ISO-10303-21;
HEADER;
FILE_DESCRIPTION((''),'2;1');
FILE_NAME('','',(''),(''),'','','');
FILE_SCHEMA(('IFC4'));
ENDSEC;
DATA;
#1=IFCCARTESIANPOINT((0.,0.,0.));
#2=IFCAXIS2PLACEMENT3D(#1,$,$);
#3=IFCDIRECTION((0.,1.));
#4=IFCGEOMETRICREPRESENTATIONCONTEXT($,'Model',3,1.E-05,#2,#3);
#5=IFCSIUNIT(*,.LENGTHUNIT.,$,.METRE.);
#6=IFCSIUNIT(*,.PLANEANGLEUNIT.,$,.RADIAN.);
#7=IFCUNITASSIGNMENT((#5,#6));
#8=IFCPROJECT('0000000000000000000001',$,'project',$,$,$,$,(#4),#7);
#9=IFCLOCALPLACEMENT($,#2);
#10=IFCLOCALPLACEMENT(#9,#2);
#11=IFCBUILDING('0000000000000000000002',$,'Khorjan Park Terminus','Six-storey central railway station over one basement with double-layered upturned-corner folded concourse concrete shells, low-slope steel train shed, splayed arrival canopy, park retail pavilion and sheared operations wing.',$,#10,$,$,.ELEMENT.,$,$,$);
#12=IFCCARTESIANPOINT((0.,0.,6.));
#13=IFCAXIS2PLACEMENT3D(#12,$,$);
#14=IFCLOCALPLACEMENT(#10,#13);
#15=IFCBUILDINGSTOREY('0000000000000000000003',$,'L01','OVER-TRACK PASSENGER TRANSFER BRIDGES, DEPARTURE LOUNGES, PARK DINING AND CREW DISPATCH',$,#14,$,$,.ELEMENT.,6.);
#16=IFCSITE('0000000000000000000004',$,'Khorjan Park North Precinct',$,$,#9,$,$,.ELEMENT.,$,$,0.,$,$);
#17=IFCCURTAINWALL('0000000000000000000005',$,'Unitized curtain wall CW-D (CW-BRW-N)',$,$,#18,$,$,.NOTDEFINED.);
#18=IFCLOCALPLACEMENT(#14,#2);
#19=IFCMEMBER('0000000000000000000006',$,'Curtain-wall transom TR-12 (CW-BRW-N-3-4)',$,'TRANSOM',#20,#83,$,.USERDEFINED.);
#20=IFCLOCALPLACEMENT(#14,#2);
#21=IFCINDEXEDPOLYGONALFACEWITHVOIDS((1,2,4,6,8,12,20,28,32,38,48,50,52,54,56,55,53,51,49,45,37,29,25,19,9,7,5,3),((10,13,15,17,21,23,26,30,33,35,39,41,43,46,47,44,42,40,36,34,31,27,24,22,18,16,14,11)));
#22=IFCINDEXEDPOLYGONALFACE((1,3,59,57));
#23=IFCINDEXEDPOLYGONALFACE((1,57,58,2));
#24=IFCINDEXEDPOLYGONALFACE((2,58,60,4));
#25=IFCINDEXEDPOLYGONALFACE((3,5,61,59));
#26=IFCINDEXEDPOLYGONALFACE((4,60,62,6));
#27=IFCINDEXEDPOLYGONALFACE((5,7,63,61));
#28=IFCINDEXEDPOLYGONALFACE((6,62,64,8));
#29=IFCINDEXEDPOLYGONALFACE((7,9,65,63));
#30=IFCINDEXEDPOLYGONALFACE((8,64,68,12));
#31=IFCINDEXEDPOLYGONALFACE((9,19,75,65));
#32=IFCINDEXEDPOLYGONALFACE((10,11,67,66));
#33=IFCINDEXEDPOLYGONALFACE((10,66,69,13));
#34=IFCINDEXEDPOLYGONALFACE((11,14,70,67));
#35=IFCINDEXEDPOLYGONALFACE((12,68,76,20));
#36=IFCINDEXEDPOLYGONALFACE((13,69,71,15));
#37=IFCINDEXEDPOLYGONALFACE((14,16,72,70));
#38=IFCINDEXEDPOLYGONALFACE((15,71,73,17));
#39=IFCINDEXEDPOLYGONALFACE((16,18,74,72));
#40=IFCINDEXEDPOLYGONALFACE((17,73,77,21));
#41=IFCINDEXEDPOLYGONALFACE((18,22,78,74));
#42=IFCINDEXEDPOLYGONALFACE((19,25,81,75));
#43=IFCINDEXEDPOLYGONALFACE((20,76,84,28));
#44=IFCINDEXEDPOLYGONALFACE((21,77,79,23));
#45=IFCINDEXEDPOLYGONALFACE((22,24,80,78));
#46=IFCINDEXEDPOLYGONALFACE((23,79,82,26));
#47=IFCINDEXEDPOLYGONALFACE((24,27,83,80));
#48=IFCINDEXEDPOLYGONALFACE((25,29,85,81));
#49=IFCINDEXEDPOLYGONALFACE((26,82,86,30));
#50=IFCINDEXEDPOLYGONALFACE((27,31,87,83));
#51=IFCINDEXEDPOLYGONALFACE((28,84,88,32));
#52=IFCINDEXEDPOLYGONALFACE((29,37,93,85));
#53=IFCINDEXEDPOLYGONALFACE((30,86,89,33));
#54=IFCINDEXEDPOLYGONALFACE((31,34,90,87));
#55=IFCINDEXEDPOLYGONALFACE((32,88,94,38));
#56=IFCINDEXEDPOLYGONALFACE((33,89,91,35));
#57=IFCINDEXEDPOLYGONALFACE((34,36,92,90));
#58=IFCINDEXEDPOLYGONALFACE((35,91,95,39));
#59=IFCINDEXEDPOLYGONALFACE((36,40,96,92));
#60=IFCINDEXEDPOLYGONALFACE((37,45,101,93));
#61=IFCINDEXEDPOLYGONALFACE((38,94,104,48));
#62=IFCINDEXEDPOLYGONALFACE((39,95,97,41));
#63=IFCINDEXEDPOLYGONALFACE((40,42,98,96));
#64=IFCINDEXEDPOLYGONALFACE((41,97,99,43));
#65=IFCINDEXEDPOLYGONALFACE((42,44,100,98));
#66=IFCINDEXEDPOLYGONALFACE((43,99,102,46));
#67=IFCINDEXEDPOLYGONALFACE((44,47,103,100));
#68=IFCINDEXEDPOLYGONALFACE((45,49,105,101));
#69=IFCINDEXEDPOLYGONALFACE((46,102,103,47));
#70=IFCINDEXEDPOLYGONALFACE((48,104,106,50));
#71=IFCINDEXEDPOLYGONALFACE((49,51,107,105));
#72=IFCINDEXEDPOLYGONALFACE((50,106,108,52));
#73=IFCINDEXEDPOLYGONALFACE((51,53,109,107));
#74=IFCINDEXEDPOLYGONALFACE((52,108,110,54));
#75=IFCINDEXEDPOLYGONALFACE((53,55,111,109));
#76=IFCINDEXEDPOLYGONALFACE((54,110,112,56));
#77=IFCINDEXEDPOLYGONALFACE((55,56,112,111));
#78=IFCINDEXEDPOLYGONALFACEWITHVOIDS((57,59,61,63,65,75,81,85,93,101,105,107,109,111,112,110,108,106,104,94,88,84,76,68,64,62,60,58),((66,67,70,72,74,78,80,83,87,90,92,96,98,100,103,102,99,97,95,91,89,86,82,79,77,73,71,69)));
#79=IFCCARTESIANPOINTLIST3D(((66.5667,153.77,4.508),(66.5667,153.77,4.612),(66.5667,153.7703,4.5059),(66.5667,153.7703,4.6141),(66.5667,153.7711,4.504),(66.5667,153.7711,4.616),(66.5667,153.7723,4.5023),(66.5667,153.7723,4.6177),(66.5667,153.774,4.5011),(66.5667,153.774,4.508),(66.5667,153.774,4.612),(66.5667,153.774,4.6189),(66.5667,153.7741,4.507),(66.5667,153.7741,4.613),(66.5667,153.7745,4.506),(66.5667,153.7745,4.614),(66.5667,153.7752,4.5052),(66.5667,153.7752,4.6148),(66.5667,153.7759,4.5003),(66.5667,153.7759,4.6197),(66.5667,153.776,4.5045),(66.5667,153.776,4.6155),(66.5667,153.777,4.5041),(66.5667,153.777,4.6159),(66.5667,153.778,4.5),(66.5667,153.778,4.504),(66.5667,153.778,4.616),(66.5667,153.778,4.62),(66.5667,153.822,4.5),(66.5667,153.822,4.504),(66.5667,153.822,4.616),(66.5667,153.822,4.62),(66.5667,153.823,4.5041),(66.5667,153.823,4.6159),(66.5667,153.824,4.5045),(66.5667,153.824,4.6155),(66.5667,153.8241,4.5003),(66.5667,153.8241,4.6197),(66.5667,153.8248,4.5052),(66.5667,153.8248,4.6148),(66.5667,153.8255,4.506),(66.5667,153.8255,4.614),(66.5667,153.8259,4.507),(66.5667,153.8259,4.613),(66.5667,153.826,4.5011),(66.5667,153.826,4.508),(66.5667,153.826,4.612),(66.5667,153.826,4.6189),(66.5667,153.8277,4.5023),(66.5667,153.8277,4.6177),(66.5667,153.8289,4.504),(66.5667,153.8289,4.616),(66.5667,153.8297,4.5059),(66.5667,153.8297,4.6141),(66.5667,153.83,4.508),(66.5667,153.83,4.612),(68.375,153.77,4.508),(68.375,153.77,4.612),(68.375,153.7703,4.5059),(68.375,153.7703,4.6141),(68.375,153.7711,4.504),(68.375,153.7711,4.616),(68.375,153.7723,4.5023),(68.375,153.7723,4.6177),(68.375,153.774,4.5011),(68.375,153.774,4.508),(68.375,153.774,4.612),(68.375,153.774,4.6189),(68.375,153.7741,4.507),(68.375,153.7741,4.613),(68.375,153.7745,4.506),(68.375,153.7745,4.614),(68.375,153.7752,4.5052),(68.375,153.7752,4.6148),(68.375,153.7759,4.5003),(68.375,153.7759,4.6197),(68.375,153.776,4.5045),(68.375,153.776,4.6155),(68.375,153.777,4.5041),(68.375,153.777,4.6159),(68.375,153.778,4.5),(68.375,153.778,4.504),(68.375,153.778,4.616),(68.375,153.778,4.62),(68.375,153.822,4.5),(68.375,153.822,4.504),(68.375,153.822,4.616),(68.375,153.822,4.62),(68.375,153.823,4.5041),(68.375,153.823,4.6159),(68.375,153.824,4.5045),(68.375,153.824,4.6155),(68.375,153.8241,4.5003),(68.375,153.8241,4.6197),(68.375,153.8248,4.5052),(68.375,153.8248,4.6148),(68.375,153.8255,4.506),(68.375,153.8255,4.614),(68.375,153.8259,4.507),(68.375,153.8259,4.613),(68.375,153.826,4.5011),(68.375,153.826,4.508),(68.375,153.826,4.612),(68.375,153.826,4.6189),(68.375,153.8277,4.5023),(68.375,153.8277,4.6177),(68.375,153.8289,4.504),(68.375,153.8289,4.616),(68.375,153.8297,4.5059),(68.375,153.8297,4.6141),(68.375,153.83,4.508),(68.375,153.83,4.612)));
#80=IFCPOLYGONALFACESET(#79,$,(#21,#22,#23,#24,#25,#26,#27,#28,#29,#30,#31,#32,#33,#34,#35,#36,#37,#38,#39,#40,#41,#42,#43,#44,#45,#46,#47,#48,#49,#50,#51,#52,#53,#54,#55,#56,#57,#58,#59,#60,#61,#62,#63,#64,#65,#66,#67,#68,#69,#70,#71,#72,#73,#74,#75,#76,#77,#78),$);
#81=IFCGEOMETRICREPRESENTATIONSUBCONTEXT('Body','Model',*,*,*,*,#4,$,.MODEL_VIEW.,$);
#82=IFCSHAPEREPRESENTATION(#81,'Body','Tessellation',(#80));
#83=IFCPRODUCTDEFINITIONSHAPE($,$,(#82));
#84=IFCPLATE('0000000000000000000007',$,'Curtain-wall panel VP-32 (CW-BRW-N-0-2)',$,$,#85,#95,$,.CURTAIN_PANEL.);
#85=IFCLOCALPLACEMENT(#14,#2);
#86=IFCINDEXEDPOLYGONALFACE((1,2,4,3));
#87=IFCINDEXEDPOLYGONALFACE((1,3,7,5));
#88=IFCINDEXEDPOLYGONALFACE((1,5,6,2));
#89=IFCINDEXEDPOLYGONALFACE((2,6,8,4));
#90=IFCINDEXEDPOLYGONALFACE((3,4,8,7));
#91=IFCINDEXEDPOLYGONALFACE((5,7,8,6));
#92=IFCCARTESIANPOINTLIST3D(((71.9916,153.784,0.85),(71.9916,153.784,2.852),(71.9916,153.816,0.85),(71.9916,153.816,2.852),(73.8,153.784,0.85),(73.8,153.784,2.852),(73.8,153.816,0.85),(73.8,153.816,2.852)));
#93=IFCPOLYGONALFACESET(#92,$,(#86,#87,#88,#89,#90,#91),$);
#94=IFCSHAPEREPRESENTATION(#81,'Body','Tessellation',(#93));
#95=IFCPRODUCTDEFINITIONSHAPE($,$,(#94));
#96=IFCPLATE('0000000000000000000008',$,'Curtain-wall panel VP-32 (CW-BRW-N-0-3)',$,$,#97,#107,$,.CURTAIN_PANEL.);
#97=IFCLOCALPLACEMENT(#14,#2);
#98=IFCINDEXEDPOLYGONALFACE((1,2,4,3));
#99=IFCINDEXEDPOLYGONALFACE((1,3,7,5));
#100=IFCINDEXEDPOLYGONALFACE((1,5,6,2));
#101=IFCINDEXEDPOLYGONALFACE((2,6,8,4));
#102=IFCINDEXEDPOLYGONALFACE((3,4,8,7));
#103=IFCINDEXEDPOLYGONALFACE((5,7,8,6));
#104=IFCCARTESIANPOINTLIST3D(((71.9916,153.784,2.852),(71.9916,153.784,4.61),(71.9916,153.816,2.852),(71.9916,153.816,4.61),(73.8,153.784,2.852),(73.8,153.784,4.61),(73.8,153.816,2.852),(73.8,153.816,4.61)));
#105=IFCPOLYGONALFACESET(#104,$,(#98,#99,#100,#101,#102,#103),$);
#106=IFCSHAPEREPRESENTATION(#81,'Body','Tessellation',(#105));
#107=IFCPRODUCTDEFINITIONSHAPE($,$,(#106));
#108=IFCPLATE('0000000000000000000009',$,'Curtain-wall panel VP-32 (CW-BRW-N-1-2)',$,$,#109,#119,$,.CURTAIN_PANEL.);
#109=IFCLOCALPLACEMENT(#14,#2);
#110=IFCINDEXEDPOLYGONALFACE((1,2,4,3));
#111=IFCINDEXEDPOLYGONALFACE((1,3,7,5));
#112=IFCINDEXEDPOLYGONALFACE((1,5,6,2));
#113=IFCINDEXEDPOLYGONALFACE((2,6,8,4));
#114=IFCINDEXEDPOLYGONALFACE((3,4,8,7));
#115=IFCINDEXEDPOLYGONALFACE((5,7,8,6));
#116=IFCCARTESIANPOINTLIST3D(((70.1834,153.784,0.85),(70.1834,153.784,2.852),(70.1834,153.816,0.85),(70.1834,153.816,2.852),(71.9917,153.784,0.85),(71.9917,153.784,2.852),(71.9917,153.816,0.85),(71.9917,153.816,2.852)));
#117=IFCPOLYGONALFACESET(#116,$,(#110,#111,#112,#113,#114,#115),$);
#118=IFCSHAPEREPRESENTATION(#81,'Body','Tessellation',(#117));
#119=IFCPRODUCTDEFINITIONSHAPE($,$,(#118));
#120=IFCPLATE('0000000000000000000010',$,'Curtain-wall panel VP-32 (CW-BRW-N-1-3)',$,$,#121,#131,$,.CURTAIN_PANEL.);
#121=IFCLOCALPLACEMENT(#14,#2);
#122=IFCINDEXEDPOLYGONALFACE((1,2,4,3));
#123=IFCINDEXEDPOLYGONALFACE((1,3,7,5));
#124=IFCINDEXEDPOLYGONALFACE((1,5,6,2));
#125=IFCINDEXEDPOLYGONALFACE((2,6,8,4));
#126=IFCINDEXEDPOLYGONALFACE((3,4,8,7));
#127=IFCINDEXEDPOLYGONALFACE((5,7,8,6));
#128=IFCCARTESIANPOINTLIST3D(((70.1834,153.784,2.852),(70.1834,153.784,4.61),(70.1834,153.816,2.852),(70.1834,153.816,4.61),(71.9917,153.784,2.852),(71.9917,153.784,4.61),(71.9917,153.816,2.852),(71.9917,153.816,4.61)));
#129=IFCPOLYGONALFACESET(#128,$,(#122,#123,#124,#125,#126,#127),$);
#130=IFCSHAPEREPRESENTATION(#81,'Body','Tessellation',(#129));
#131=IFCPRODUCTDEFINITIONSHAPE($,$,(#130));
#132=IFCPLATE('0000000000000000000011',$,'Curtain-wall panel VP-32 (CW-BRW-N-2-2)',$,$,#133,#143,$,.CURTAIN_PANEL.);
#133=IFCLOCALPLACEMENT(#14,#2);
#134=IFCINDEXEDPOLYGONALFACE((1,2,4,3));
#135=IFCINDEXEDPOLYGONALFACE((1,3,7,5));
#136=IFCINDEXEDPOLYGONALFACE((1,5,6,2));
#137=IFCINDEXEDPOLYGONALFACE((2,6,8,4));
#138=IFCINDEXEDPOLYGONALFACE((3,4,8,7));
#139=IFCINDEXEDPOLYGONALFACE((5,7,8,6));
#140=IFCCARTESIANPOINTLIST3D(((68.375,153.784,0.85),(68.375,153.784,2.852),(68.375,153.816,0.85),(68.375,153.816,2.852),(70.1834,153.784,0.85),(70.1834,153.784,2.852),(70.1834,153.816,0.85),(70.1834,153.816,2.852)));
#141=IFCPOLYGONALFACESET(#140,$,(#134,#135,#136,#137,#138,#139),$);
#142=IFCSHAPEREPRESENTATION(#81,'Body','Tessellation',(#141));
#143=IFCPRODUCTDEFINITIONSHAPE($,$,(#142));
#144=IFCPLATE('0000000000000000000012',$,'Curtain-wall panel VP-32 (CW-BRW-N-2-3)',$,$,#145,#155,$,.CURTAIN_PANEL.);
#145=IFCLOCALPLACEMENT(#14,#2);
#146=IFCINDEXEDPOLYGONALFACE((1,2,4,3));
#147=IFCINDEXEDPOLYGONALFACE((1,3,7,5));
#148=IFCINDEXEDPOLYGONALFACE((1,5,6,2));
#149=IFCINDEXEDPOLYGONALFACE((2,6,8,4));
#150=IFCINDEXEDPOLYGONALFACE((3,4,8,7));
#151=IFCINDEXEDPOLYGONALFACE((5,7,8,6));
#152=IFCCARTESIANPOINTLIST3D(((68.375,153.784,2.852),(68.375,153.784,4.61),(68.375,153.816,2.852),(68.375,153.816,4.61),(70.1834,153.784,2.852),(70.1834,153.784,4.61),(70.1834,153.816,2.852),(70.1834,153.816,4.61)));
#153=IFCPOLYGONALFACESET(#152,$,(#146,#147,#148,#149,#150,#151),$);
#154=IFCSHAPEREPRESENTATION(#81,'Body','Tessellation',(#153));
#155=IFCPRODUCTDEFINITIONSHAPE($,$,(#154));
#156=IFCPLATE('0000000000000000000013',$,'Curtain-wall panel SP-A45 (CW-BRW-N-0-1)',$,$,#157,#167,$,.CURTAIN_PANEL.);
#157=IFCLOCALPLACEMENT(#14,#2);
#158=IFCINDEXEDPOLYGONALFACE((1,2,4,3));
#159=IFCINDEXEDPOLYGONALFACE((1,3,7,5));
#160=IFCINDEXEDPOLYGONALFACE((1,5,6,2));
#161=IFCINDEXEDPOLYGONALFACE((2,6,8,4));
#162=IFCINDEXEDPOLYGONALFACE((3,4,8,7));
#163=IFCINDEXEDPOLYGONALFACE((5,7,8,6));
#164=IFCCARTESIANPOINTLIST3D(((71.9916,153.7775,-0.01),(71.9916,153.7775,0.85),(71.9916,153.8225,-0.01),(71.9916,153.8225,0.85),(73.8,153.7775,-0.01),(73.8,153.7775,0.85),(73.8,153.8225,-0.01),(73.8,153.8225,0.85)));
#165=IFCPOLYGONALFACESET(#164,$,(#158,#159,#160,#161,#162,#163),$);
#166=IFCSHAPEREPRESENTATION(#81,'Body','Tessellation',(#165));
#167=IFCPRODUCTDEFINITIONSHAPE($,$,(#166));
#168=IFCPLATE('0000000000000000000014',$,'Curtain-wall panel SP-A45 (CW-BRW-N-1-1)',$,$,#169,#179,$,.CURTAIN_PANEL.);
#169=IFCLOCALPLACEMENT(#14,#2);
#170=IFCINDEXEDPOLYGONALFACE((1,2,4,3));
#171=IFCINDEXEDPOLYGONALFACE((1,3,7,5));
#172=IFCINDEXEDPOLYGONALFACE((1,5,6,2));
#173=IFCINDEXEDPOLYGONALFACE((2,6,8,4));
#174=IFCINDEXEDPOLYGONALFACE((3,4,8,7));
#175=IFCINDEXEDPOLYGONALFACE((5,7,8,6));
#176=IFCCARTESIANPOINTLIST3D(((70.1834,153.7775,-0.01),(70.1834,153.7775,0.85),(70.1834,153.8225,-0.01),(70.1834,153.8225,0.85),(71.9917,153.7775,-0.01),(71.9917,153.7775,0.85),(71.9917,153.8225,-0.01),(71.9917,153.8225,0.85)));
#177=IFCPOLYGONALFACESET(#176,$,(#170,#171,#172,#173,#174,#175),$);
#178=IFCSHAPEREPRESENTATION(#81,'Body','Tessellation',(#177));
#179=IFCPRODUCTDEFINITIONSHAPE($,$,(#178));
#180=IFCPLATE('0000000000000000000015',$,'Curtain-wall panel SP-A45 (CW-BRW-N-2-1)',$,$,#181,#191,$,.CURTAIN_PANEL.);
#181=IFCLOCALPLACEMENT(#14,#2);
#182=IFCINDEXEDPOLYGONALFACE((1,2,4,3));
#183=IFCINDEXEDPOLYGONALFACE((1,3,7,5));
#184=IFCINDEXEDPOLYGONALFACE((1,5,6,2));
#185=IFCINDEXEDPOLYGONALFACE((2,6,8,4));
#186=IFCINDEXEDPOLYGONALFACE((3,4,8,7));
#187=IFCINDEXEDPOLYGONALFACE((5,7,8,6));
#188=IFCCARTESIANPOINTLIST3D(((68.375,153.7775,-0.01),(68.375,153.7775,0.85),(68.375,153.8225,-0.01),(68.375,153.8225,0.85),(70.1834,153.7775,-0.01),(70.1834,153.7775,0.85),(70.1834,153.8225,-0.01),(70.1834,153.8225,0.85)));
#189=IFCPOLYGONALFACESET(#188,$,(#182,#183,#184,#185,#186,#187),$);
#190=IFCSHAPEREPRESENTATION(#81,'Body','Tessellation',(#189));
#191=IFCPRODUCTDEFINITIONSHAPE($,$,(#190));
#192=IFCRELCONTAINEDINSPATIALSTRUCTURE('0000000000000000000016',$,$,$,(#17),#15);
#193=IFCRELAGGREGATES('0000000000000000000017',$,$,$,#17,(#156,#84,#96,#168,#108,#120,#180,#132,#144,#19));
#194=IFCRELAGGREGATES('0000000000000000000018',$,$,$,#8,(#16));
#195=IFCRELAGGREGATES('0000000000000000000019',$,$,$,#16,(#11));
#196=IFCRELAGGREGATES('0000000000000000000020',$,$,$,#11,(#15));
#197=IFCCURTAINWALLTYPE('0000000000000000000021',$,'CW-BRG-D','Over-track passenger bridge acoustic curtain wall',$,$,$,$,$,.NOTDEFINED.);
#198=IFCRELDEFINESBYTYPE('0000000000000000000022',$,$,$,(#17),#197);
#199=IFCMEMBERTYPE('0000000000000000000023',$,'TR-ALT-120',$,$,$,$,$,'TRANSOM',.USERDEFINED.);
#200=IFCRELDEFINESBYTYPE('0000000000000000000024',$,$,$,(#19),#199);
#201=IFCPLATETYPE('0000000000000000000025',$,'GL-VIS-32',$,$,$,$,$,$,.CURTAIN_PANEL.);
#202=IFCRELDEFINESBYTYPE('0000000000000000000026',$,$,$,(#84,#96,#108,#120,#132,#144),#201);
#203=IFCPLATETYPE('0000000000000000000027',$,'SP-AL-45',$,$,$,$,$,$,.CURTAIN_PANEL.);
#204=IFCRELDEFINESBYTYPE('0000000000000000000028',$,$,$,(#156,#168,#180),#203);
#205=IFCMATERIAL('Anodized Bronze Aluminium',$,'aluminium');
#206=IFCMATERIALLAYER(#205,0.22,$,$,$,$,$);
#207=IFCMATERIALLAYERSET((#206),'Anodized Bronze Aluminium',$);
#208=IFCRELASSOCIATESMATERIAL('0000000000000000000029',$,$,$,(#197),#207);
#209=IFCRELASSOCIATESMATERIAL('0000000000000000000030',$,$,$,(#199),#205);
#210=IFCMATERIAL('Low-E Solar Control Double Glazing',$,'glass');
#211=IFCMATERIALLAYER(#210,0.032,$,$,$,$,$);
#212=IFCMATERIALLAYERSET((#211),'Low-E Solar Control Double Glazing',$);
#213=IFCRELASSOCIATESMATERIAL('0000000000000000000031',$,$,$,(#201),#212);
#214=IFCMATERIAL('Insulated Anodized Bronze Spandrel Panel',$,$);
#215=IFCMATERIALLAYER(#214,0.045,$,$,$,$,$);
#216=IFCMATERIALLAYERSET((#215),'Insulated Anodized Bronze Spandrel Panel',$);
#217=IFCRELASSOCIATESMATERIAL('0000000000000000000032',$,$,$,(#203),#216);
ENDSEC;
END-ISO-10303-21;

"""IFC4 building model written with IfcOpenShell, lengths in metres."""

from ifc_helpers import new_model, si_unit, direction, frame, origin, origin_2d, place, context, subcontext, project, spatial, rectangle, hollow_rectangle, extrude, material, layer, layer_set, material_profile, profile_set, type_object, element, aggregate, save


model = new_model("IFC4")

# Units and contexts
model_context = context("Model", 3, precision=1e-05, world=origin(), true_north=direction((0.0, 1.0)))
body_context = subcontext(model_context, "Body", "Model", "MODEL_VIEW")
ifc_project = project(units=[si_unit("LENGTHUNIT", "METRE"), si_unit("PLANEANGLEUNIT", "RADIAN")], contexts=[model_context])

# Site, building, storey
site_placement = place(None, origin())
site = spatial("IfcSite", under=ifc_project, at=site_placement, Name="Khorjan Park North Precinct", CompositionType="ELEMENT", RefElevation=0.0)
building_placement = place(site_placement, origin())
building = spatial("IfcBuilding", under=site, at=building_placement, Name="Khorjan Park Terminus", Description="Six-storey central railway station over one basement with double-layered upturned-corner folded concourse concrete shells, low-slope steel train shed, splayed arrival canopy, park retail pavilion and sheared operations wing.", CompositionType="ELEMENT")
storey_placement = place(building_placement, frame((0.0, 0.0, 6.0)))
storey = spatial("IfcBuildingStorey", under=building, at=storey_placement, Name="L01", Description="OVER-TRACK PASSENGER TRANSFER BRIDGES, DEPARTURE LOUNGES, PARK DINING AND CREW DISPATCH", CompositionType="ELEMENT", Elevation=6.0)

# Curtain wall, member, plates
ifc_material_1 = material(Name="Anodized Bronze Aluminium", Category="aluminium")
ifc_layer_1 = layer(ifc_material_1, 0.22)
ifc_layer_set_1 = layer_set([ifc_layer_1], Name="Anodized Bronze Aluminium")
curtain_wall_type = type_object("IfcCurtainWallType", Name="CW-BRG-D", Description="Over-track passenger bridge acoustic curtain wall", PredefinedType="NOTDEFINED", material=ifc_layer_set_1)
curtain_wall_placement = place(storey_placement, origin())
curtain_wall = element("IfcCurtainWall", 1, at=curtain_wall_placement, inside=storey, type_object=curtain_wall_type, Name="Unitized curtain wall CW-D (CW-BRW-N)", PredefinedType="NOTDEFINED")
ifc_material_profile_1 = material_profile(ifc_material_1, hollow_rectangle(XDim=0.06, YDim=0.12, WallThickness=0.004, InnerFilletRadius=0.004, OuterFilletRadius=0.008, at=origin_2d()), Name="ALT 60x120x4")
ifc_profile_set_1 = profile_set([ifc_material_profile_1], Name="Anodized Bronze Aluminium")
member_type_1 = type_object("IfcMemberType", Name="TR-ALT-120", ElementType="TRANSOM", PredefinedType="USERDEFINED", material=ifc_profile_set_1)
member_1_placement = place(storey_placement, frame((68.375, 153.8, 4.56), z_axis=(-1.0, 0.0, 0.0), x_axis=(0.0, -1.0, 0.0)))
member_1 = element("IfcMember", 2, at=member_1_placement, type_object=member_type_1, Name="Curtain-wall transom TR-12 (CW-BRW-N-3-4)", ObjectType="TRANSOM", PredefinedType="USERDEFINED", context=body_context, shape_type="SweptSolid", body=[
    extrude(hollow_rectangle(XDim=0.06, YDim=0.12, WallThickness=0.004, InnerFilletRadius=0.004, OuterFilletRadius=0.008, at=origin_2d()), origin(), (0.0, 0.0, 1.0), 1.8083),
])
ifc_material_2 = material(Name="Low-E Solar Control Double Glazing", Category="glass")
ifc_layer_2 = layer(ifc_material_2, 0.032)
ifc_layer_set_2 = layer_set([ifc_layer_2], Name="Low-E Solar Control Double Glazing")
plate_type_1 = type_object("IfcPlateType", Name="GL-VIS-32", PredefinedType="CURTAIN_PANEL", material=ifc_layer_set_2)
plate_1_placement = place(storey_placement, frame((72.8958, 153.8, 0.85), z_axis=(0.0, 0.0, 1.0), x_axis=(-1.0, 0.0, 0.0)))
plate_1 = element("IfcPlate", 3, at=plate_1_placement, type_object=plate_type_1, Name="Curtain-wall panel VP-32 (CW-BRW-N-0-2)", PredefinedType="CURTAIN_PANEL", context=body_context, shape_type="SweptSolid", body=[
    extrude(rectangle(XDim=1.8083, YDim=0.032, at=origin_2d()), origin(), (0.0, 0.0, 1.0), 2.002),
])
plate_2_placement = place(storey_placement, frame((72.8958, 153.8, 2.852), z_axis=(0.0, 0.0, 1.0), x_axis=(-1.0, 0.0, 0.0)))
plate_2 = element("IfcPlate", 4, at=plate_2_placement, type_object=plate_type_1, Name="Curtain-wall panel VP-32 (CW-BRW-N-0-3)", PredefinedType="CURTAIN_PANEL", context=body_context, shape_type="SweptSolid", body=[
    extrude(rectangle(XDim=1.8083, YDim=0.032, at=origin_2d()), origin(), (0.0, 0.0, 1.0), 1.758),
])
plate_3_placement = place(storey_placement, frame((71.0875, 153.8, 0.85), z_axis=(0.0, 0.0, 1.0), x_axis=(-1.0, 0.0, 0.0)))
plate_3 = element("IfcPlate", 5, at=plate_3_placement, type_object=plate_type_1, Name="Curtain-wall panel VP-32 (CW-BRW-N-1-2)", PredefinedType="CURTAIN_PANEL", context=body_context, shape_type="SweptSolid", body=[
    extrude(rectangle(XDim=1.8083, YDim=0.032, at=origin_2d()), origin(), (0.0, 0.0, 1.0), 2.002),
])
plate_4_placement = place(storey_placement, frame((71.0875, 153.8, 2.852), z_axis=(0.0, 0.0, 1.0), x_axis=(-1.0, 0.0, 0.0)))
plate_4 = element("IfcPlate", 6, at=plate_4_placement, type_object=plate_type_1, Name="Curtain-wall panel VP-32 (CW-BRW-N-1-3)", PredefinedType="CURTAIN_PANEL", context=body_context, shape_type="SweptSolid", body=[
    extrude(rectangle(XDim=1.8083, YDim=0.032, at=origin_2d()), origin(), (0.0, 0.0, 1.0), 1.758),
])
plate_5_placement = place(storey_placement, frame((69.2792, 153.8, 0.85), z_axis=(0.0, 0.0, 1.0), x_axis=(-1.0, 0.0, 0.0)))
plate_5 = element("IfcPlate", 7, at=plate_5_placement, type_object=plate_type_1, Name="Curtain-wall panel VP-32 (CW-BRW-N-2-2)", PredefinedType="CURTAIN_PANEL", context=body_context, shape_type="SweptSolid", body=[
    extrude(rectangle(XDim=1.8083, YDim=0.032, at=origin_2d()), origin(), (0.0, 0.0, 1.0), 2.002),
])
plate_6_placement = place(storey_placement, frame((69.2792, 153.8, 2.852), z_axis=(0.0, 0.0, 1.0), x_axis=(-1.0, 0.0, 0.0)))
plate_6 = element("IfcPlate", 8, at=plate_6_placement, type_object=plate_type_1, Name="Curtain-wall panel VP-32 (CW-BRW-N-2-3)", PredefinedType="CURTAIN_PANEL", context=body_context, shape_type="SweptSolid", body=[
    extrude(rectangle(XDim=1.8083, YDim=0.032, at=origin_2d()), origin(), (0.0, 0.0, 1.0), 1.758),
])
ifc_material_3 = material(Name="Insulated Anodized Bronze Spandrel Panel")
ifc_layer_3 = layer(ifc_material_3, 0.045)
ifc_layer_set_3 = layer_set([ifc_layer_3], Name="Insulated Anodized Bronze Spandrel Panel")
plate_type_2 = type_object("IfcPlateType", Name="SP-AL-45", PredefinedType="CURTAIN_PANEL", material=ifc_layer_set_3)
plate_7_placement = place(storey_placement, frame((72.8958, 153.8, -0.01), z_axis=(0.0, 0.0, 1.0), x_axis=(-1.0, 0.0, 0.0)))
plate_7 = element("IfcPlate", 9, at=plate_7_placement, type_object=plate_type_2, Name="Curtain-wall panel SP-A45 (CW-BRW-N-0-1)", PredefinedType="CURTAIN_PANEL", context=body_context, shape_type="SweptSolid", body=[
    extrude(rectangle(XDim=1.8083, YDim=0.045, at=origin_2d()), origin(), (0.0, 0.0, 1.0), 0.86),
])
plate_8_placement = place(storey_placement, frame((71.0875, 153.8, -0.01), z_axis=(0.0, 0.0, 1.0), x_axis=(-1.0, 0.0, 0.0)))
plate_8 = element("IfcPlate", 10, at=plate_8_placement, type_object=plate_type_2, Name="Curtain-wall panel SP-A45 (CW-BRW-N-1-1)", PredefinedType="CURTAIN_PANEL", context=body_context, shape_type="SweptSolid", body=[
    extrude(rectangle(XDim=1.8083, YDim=0.045, at=origin_2d()), origin(), (0.0, 0.0, 1.0), 0.86),
])
plate_9_placement = place(storey_placement, frame((69.2792, 153.8, -0.01), z_axis=(0.0, 0.0, 1.0), x_axis=(-1.0, 0.0, 0.0)))
plate_9 = element("IfcPlate", 11, at=plate_9_placement, type_object=plate_type_2, Name="Curtain-wall panel SP-A45 (CW-BRW-N-2-1)", PredefinedType="CURTAIN_PANEL", context=body_context, shape_type="SweptSolid", body=[
    extrude(rectangle(XDim=1.8083, YDim=0.045, at=origin_2d()), origin(), (0.0, 0.0, 1.0), 0.86),
])
aggregate(curtain_wall, [plate_7, plate_1, plate_2, plate_8, plate_3, plate_4, plate_9, plate_5, plate_6, member_1])

save(model, "model.ifc")
